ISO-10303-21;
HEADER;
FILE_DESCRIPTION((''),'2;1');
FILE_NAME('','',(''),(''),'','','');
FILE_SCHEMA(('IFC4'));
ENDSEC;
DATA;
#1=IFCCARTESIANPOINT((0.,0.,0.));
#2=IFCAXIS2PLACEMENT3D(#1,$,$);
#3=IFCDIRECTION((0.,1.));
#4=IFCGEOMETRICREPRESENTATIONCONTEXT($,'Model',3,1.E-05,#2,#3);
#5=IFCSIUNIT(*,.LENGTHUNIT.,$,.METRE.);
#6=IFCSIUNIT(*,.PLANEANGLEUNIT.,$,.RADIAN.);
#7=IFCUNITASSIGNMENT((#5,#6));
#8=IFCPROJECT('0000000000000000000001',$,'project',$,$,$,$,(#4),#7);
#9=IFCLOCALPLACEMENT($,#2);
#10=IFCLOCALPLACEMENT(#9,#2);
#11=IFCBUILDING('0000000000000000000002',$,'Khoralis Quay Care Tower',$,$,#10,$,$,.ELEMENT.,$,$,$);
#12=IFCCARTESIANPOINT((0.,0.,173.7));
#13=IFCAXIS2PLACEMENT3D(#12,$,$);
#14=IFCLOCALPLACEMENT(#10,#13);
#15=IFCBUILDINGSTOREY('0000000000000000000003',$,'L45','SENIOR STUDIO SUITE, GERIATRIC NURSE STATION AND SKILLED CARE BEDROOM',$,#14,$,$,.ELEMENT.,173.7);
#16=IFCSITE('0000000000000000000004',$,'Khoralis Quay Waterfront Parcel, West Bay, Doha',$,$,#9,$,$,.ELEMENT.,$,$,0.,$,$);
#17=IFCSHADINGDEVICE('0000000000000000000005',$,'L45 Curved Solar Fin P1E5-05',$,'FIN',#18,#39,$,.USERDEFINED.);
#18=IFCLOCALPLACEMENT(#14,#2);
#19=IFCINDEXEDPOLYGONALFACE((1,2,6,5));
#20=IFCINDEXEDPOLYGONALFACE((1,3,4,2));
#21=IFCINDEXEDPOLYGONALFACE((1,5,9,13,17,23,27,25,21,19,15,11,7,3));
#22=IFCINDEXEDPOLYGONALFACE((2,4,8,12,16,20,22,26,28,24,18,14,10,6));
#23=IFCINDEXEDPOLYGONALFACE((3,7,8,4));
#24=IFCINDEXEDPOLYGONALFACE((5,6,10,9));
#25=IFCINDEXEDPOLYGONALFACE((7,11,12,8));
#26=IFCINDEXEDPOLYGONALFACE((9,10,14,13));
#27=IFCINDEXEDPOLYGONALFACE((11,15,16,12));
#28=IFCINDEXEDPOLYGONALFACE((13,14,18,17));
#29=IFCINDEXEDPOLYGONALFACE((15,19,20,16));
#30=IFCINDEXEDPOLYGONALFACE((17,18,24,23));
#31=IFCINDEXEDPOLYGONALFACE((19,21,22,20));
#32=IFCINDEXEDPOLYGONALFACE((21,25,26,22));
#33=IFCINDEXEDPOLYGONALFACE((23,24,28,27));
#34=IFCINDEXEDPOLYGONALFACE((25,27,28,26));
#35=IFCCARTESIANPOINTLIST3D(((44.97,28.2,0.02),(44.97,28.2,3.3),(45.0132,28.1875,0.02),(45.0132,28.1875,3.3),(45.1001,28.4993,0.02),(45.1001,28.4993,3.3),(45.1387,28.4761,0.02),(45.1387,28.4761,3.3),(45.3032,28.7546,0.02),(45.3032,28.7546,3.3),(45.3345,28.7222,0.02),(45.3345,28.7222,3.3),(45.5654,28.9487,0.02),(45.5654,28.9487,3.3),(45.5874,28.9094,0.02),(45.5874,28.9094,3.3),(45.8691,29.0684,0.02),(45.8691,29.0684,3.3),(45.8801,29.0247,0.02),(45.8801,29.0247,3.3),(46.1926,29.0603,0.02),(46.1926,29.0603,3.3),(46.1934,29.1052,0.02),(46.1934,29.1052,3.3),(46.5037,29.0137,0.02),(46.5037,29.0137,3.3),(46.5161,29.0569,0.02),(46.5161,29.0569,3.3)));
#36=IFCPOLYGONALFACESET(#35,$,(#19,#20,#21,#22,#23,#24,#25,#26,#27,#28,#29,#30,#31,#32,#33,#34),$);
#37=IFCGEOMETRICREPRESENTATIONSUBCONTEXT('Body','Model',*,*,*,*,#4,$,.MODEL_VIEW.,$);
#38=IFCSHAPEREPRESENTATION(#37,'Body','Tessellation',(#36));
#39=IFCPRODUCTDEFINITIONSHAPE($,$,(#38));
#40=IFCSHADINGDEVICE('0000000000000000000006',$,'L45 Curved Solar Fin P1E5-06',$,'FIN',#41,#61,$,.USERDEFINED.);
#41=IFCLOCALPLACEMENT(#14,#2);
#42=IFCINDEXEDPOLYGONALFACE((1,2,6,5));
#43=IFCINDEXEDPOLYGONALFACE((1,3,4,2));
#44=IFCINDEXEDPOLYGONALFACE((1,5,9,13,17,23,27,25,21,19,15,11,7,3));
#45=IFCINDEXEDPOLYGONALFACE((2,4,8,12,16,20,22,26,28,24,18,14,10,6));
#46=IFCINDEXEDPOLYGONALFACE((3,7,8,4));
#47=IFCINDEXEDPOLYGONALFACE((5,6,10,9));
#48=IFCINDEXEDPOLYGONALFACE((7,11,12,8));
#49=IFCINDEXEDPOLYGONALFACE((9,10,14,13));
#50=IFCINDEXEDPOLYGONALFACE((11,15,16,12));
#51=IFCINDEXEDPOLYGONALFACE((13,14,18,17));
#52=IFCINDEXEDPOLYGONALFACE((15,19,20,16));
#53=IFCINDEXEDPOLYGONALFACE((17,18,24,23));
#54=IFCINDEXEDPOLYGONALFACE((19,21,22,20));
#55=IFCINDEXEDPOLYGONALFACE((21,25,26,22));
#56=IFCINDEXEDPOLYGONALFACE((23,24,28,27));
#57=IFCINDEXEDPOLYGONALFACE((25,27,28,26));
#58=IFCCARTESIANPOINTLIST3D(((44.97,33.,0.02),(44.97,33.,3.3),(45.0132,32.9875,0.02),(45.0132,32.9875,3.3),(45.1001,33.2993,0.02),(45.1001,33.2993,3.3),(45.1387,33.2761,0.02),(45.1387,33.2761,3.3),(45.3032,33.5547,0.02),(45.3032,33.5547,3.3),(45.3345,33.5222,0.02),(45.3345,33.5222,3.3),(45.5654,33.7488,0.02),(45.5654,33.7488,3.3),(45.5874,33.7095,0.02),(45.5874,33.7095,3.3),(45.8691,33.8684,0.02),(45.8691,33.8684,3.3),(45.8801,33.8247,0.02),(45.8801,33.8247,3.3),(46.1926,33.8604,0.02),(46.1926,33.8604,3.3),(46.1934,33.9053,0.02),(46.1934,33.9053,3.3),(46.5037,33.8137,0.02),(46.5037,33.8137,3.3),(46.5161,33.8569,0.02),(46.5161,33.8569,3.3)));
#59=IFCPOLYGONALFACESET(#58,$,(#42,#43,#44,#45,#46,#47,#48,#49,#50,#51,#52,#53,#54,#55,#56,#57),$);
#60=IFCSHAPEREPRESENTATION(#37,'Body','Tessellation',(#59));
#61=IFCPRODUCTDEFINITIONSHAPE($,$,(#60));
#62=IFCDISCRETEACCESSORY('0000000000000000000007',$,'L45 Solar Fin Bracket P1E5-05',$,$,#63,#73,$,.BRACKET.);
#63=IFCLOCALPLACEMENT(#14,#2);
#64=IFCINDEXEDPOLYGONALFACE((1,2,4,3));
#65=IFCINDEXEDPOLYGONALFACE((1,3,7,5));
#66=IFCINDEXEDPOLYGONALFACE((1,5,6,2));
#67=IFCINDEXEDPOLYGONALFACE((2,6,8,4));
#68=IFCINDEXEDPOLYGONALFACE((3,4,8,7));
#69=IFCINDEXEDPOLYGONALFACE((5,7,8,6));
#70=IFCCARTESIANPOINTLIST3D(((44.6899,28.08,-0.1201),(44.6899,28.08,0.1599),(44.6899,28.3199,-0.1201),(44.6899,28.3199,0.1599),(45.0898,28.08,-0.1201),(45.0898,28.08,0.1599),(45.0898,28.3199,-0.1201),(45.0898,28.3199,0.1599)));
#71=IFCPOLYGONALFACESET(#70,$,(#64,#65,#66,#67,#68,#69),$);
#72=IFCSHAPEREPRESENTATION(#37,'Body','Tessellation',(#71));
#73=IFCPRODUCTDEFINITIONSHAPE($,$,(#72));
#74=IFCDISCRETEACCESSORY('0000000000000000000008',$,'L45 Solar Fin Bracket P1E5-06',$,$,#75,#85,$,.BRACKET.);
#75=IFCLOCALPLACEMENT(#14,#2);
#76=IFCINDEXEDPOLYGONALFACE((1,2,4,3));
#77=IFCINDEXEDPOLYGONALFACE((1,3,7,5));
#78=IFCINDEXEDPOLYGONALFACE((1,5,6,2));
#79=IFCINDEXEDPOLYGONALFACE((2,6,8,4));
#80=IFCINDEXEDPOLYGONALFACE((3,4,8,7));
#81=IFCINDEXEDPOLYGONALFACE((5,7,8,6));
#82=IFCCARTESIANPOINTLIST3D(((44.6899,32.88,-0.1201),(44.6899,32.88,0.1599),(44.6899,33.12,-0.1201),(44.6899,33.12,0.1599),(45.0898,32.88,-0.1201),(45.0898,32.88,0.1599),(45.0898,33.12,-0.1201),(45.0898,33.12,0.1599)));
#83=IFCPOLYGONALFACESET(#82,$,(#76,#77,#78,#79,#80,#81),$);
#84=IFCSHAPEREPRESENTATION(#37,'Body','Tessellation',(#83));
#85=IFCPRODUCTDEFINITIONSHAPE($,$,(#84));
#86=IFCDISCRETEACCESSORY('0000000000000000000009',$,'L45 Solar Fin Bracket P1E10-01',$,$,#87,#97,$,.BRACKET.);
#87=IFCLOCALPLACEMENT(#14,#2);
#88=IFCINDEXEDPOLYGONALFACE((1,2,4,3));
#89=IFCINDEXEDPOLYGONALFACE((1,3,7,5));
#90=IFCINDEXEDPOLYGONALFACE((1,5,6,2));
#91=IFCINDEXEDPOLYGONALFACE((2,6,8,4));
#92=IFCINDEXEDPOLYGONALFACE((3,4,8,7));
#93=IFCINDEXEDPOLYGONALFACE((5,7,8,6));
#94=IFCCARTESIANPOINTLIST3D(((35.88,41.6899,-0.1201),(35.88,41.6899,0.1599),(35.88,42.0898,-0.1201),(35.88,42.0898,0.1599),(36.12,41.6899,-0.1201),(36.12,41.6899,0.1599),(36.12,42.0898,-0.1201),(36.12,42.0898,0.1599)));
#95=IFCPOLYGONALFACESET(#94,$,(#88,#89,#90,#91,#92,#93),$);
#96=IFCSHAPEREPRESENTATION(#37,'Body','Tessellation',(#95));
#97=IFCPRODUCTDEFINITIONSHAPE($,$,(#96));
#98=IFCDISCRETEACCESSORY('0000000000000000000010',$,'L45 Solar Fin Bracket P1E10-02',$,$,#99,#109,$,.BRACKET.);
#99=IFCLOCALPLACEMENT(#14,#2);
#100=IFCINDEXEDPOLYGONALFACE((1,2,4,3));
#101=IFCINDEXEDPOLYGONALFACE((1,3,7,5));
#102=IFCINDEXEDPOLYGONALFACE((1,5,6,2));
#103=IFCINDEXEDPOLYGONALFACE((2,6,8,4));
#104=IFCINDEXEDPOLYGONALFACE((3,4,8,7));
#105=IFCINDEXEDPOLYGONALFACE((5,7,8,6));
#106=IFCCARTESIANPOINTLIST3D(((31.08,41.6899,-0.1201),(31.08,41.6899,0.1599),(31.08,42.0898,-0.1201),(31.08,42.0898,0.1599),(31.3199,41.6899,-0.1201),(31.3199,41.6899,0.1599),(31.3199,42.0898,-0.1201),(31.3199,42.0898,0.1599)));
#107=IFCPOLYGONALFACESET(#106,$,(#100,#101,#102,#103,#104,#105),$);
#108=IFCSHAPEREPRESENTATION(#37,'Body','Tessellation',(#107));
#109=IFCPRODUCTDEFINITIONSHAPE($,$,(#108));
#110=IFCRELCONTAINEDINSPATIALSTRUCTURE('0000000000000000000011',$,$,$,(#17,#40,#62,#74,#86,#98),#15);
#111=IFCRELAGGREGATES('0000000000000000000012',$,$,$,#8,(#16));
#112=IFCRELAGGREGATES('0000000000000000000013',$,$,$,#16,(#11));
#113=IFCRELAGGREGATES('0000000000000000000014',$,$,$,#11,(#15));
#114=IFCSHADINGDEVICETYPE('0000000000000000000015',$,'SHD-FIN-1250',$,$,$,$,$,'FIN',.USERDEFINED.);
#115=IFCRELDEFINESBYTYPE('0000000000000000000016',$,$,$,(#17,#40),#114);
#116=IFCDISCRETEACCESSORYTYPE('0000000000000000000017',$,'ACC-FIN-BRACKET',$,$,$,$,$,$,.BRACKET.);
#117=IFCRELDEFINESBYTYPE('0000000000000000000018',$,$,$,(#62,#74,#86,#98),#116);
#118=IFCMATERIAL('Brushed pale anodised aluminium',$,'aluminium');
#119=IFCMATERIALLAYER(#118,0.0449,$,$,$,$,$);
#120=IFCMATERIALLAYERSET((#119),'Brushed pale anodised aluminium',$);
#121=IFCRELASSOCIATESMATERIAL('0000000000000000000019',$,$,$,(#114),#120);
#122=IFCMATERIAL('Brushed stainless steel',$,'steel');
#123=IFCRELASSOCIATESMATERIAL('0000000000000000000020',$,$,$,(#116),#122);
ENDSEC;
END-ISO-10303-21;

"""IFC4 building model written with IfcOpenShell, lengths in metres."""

from ifc_helpers import new_model, si_unit, direction, frame, origin, origin_2d, place, context, subcontext, project, spatial, polyline, rectangle, outline, extrude, source, transform, mapped, material, layer, layer_set, type_object, element, save


model = new_model("IFC4")

# Units and contexts
model_context = context("Model", 3, precision=1e-05, world=origin(), true_north=direction((0.0, 1.0)))
body_context = subcontext(model_context, "Body", "Model", "MODEL_VIEW")
ifc_project = project(units=[si_unit("LENGTHUNIT", "METRE"), si_unit("PLANEANGLEUNIT", "RADIAN")], contexts=[model_context])

# Site, building, storey
site_placement = place(None, origin())
site = spatial("IfcSite", under=ifc_project, at=site_placement, Name="Khoralis Quay Waterfront Parcel, West Bay, Doha", CompositionType="ELEMENT", RefElevation=0.0)
building_placement = place(site_placement, origin())
building = spatial("IfcBuilding", under=site, at=building_placement, Name="Khoralis Quay Care Tower", CompositionType="ELEMENT")
storey_placement = place(building_placement, frame((0.0, 0.0, 173.7)))
storey = spatial("IfcBuildingStorey", under=building, at=storey_placement, Name="L45", Description="SENIOR STUDIO SUITE, GERIATRIC NURSE STATION AND SKILLED CARE BEDROOM", CompositionType="ELEMENT", Elevation=173.7)

# Shading devices
ifc_material_1 = material(Name="Brushed pale anodised aluminium", Category="aluminium")
ifc_layer_1 = layer(ifc_material_1, 0.0449)
ifc_layer_set_1 = layer_set([ifc_layer_1], Name="Brushed pale anodised aluminium")
shading_device_type = type_object("IfcShadingDeviceType", Name="SHD-FIN-1250", ElementType="FIN", PredefinedType="USERDEFINED", material=ifc_layer_set_1)
shared_shape_1 = source(origin(), body_context, "Body", "SweptSolid", [
    extrude(outline(polyline([(0.0, 0.0), (0.1301, 0.2993), (0.3333, 0.5547), (0.5955, 0.7488), (0.8992, 0.8684), (1.2234, 0.9053), (1.5461, 0.8569), (1.5337, 0.8137), (1.2227, 0.8604), (0.9102, 0.8247), (0.6174, 0.7095), (0.3645, 0.5222), (0.1687, 0.2761), (0.0432, -0.0125), (0.0, 0.0)])), origin(), (0.0, 0.0, 1.0), 3.28),
])
for number, where, z_axis, x_axis, name in (
    (1, (44.97, 28.2, 0.02), (0.0, 0.0, 1.0), (1.0, 0.0, 0.0), "L45 Curved Solar Fin P1E5-05"),
    (2, (44.97, 33.0, 0.02), (0.0, 0.0, 1.0), (1.0, 0.0, 0.0), "L45 Curved Solar Fin P1E5-06"),
):
    element("IfcShadingDevice", number, at=place(storey_placement, frame(where, z_axis=z_axis, x_axis=x_axis)), inside=storey, type_object=shading_device_type, Name=name, ObjectType="FIN", PredefinedType="USERDEFINED", context=body_context, shape_type="MappedRepresentation", body=[
        mapped(shared_shape_1, transform((0.0, 0.0, 0.0), scale=1.0)),
    ])

# Discrete accessories
ifc_material_2 = material(Name="Brushed stainless steel", Category="steel")
discrete_accessory_type = type_object("IfcDiscreteAccessoryType", Name="ACC-FIN-BRACKET", PredefinedType="BRACKET", material=ifc_material_2)
shared_shape_2 = source(origin(), body_context, "Body", "SweptSolid", [
    extrude(rectangle(XDim=0.3999, YDim=0.24, at=origin_2d()), origin(), (0.0, 0.0, 1.0), 0.28),
])
for number, where, z_axis, x_axis, name in (
    (3, (44.8899, 28.2, -0.1201), (0.0, 0.0, 1.0), (1.0, 0.0, 0.0), "L45 Solar Fin Bracket P1E5-05"),
    (4, (44.8899, 33.0, -0.1201), (0.0, 0.0, 1.0), (1.0, 0.0, 0.0), "L45 Solar Fin Bracket P1E5-06"),
    (5, (36.0, 41.8899, -0.1201), (0.0, 0.0, 1.0), (0.0, 1.0, 0.0), "L45 Solar Fin Bracket P1E10-01"),
    (6, (31.2, 41.8899, -0.1201), (0.0, 0.0, 1.0), (0.0, 1.0, 0.0), "L45 Solar Fin Bracket P1E10-02"),
):
    element("IfcDiscreteAccessory", number, at=place(storey_placement, frame(where, z_axis=z_axis, x_axis=x_axis)), inside=storey, type_object=discrete_accessory_type, Name=name, PredefinedType="BRACKET", context=body_context, shape_type="MappedRepresentation", body=[
        mapped(shared_shape_2, transform((0.0, 0.0, 0.0), scale=1.0)),
    ])

save(model, "model.ifc")
